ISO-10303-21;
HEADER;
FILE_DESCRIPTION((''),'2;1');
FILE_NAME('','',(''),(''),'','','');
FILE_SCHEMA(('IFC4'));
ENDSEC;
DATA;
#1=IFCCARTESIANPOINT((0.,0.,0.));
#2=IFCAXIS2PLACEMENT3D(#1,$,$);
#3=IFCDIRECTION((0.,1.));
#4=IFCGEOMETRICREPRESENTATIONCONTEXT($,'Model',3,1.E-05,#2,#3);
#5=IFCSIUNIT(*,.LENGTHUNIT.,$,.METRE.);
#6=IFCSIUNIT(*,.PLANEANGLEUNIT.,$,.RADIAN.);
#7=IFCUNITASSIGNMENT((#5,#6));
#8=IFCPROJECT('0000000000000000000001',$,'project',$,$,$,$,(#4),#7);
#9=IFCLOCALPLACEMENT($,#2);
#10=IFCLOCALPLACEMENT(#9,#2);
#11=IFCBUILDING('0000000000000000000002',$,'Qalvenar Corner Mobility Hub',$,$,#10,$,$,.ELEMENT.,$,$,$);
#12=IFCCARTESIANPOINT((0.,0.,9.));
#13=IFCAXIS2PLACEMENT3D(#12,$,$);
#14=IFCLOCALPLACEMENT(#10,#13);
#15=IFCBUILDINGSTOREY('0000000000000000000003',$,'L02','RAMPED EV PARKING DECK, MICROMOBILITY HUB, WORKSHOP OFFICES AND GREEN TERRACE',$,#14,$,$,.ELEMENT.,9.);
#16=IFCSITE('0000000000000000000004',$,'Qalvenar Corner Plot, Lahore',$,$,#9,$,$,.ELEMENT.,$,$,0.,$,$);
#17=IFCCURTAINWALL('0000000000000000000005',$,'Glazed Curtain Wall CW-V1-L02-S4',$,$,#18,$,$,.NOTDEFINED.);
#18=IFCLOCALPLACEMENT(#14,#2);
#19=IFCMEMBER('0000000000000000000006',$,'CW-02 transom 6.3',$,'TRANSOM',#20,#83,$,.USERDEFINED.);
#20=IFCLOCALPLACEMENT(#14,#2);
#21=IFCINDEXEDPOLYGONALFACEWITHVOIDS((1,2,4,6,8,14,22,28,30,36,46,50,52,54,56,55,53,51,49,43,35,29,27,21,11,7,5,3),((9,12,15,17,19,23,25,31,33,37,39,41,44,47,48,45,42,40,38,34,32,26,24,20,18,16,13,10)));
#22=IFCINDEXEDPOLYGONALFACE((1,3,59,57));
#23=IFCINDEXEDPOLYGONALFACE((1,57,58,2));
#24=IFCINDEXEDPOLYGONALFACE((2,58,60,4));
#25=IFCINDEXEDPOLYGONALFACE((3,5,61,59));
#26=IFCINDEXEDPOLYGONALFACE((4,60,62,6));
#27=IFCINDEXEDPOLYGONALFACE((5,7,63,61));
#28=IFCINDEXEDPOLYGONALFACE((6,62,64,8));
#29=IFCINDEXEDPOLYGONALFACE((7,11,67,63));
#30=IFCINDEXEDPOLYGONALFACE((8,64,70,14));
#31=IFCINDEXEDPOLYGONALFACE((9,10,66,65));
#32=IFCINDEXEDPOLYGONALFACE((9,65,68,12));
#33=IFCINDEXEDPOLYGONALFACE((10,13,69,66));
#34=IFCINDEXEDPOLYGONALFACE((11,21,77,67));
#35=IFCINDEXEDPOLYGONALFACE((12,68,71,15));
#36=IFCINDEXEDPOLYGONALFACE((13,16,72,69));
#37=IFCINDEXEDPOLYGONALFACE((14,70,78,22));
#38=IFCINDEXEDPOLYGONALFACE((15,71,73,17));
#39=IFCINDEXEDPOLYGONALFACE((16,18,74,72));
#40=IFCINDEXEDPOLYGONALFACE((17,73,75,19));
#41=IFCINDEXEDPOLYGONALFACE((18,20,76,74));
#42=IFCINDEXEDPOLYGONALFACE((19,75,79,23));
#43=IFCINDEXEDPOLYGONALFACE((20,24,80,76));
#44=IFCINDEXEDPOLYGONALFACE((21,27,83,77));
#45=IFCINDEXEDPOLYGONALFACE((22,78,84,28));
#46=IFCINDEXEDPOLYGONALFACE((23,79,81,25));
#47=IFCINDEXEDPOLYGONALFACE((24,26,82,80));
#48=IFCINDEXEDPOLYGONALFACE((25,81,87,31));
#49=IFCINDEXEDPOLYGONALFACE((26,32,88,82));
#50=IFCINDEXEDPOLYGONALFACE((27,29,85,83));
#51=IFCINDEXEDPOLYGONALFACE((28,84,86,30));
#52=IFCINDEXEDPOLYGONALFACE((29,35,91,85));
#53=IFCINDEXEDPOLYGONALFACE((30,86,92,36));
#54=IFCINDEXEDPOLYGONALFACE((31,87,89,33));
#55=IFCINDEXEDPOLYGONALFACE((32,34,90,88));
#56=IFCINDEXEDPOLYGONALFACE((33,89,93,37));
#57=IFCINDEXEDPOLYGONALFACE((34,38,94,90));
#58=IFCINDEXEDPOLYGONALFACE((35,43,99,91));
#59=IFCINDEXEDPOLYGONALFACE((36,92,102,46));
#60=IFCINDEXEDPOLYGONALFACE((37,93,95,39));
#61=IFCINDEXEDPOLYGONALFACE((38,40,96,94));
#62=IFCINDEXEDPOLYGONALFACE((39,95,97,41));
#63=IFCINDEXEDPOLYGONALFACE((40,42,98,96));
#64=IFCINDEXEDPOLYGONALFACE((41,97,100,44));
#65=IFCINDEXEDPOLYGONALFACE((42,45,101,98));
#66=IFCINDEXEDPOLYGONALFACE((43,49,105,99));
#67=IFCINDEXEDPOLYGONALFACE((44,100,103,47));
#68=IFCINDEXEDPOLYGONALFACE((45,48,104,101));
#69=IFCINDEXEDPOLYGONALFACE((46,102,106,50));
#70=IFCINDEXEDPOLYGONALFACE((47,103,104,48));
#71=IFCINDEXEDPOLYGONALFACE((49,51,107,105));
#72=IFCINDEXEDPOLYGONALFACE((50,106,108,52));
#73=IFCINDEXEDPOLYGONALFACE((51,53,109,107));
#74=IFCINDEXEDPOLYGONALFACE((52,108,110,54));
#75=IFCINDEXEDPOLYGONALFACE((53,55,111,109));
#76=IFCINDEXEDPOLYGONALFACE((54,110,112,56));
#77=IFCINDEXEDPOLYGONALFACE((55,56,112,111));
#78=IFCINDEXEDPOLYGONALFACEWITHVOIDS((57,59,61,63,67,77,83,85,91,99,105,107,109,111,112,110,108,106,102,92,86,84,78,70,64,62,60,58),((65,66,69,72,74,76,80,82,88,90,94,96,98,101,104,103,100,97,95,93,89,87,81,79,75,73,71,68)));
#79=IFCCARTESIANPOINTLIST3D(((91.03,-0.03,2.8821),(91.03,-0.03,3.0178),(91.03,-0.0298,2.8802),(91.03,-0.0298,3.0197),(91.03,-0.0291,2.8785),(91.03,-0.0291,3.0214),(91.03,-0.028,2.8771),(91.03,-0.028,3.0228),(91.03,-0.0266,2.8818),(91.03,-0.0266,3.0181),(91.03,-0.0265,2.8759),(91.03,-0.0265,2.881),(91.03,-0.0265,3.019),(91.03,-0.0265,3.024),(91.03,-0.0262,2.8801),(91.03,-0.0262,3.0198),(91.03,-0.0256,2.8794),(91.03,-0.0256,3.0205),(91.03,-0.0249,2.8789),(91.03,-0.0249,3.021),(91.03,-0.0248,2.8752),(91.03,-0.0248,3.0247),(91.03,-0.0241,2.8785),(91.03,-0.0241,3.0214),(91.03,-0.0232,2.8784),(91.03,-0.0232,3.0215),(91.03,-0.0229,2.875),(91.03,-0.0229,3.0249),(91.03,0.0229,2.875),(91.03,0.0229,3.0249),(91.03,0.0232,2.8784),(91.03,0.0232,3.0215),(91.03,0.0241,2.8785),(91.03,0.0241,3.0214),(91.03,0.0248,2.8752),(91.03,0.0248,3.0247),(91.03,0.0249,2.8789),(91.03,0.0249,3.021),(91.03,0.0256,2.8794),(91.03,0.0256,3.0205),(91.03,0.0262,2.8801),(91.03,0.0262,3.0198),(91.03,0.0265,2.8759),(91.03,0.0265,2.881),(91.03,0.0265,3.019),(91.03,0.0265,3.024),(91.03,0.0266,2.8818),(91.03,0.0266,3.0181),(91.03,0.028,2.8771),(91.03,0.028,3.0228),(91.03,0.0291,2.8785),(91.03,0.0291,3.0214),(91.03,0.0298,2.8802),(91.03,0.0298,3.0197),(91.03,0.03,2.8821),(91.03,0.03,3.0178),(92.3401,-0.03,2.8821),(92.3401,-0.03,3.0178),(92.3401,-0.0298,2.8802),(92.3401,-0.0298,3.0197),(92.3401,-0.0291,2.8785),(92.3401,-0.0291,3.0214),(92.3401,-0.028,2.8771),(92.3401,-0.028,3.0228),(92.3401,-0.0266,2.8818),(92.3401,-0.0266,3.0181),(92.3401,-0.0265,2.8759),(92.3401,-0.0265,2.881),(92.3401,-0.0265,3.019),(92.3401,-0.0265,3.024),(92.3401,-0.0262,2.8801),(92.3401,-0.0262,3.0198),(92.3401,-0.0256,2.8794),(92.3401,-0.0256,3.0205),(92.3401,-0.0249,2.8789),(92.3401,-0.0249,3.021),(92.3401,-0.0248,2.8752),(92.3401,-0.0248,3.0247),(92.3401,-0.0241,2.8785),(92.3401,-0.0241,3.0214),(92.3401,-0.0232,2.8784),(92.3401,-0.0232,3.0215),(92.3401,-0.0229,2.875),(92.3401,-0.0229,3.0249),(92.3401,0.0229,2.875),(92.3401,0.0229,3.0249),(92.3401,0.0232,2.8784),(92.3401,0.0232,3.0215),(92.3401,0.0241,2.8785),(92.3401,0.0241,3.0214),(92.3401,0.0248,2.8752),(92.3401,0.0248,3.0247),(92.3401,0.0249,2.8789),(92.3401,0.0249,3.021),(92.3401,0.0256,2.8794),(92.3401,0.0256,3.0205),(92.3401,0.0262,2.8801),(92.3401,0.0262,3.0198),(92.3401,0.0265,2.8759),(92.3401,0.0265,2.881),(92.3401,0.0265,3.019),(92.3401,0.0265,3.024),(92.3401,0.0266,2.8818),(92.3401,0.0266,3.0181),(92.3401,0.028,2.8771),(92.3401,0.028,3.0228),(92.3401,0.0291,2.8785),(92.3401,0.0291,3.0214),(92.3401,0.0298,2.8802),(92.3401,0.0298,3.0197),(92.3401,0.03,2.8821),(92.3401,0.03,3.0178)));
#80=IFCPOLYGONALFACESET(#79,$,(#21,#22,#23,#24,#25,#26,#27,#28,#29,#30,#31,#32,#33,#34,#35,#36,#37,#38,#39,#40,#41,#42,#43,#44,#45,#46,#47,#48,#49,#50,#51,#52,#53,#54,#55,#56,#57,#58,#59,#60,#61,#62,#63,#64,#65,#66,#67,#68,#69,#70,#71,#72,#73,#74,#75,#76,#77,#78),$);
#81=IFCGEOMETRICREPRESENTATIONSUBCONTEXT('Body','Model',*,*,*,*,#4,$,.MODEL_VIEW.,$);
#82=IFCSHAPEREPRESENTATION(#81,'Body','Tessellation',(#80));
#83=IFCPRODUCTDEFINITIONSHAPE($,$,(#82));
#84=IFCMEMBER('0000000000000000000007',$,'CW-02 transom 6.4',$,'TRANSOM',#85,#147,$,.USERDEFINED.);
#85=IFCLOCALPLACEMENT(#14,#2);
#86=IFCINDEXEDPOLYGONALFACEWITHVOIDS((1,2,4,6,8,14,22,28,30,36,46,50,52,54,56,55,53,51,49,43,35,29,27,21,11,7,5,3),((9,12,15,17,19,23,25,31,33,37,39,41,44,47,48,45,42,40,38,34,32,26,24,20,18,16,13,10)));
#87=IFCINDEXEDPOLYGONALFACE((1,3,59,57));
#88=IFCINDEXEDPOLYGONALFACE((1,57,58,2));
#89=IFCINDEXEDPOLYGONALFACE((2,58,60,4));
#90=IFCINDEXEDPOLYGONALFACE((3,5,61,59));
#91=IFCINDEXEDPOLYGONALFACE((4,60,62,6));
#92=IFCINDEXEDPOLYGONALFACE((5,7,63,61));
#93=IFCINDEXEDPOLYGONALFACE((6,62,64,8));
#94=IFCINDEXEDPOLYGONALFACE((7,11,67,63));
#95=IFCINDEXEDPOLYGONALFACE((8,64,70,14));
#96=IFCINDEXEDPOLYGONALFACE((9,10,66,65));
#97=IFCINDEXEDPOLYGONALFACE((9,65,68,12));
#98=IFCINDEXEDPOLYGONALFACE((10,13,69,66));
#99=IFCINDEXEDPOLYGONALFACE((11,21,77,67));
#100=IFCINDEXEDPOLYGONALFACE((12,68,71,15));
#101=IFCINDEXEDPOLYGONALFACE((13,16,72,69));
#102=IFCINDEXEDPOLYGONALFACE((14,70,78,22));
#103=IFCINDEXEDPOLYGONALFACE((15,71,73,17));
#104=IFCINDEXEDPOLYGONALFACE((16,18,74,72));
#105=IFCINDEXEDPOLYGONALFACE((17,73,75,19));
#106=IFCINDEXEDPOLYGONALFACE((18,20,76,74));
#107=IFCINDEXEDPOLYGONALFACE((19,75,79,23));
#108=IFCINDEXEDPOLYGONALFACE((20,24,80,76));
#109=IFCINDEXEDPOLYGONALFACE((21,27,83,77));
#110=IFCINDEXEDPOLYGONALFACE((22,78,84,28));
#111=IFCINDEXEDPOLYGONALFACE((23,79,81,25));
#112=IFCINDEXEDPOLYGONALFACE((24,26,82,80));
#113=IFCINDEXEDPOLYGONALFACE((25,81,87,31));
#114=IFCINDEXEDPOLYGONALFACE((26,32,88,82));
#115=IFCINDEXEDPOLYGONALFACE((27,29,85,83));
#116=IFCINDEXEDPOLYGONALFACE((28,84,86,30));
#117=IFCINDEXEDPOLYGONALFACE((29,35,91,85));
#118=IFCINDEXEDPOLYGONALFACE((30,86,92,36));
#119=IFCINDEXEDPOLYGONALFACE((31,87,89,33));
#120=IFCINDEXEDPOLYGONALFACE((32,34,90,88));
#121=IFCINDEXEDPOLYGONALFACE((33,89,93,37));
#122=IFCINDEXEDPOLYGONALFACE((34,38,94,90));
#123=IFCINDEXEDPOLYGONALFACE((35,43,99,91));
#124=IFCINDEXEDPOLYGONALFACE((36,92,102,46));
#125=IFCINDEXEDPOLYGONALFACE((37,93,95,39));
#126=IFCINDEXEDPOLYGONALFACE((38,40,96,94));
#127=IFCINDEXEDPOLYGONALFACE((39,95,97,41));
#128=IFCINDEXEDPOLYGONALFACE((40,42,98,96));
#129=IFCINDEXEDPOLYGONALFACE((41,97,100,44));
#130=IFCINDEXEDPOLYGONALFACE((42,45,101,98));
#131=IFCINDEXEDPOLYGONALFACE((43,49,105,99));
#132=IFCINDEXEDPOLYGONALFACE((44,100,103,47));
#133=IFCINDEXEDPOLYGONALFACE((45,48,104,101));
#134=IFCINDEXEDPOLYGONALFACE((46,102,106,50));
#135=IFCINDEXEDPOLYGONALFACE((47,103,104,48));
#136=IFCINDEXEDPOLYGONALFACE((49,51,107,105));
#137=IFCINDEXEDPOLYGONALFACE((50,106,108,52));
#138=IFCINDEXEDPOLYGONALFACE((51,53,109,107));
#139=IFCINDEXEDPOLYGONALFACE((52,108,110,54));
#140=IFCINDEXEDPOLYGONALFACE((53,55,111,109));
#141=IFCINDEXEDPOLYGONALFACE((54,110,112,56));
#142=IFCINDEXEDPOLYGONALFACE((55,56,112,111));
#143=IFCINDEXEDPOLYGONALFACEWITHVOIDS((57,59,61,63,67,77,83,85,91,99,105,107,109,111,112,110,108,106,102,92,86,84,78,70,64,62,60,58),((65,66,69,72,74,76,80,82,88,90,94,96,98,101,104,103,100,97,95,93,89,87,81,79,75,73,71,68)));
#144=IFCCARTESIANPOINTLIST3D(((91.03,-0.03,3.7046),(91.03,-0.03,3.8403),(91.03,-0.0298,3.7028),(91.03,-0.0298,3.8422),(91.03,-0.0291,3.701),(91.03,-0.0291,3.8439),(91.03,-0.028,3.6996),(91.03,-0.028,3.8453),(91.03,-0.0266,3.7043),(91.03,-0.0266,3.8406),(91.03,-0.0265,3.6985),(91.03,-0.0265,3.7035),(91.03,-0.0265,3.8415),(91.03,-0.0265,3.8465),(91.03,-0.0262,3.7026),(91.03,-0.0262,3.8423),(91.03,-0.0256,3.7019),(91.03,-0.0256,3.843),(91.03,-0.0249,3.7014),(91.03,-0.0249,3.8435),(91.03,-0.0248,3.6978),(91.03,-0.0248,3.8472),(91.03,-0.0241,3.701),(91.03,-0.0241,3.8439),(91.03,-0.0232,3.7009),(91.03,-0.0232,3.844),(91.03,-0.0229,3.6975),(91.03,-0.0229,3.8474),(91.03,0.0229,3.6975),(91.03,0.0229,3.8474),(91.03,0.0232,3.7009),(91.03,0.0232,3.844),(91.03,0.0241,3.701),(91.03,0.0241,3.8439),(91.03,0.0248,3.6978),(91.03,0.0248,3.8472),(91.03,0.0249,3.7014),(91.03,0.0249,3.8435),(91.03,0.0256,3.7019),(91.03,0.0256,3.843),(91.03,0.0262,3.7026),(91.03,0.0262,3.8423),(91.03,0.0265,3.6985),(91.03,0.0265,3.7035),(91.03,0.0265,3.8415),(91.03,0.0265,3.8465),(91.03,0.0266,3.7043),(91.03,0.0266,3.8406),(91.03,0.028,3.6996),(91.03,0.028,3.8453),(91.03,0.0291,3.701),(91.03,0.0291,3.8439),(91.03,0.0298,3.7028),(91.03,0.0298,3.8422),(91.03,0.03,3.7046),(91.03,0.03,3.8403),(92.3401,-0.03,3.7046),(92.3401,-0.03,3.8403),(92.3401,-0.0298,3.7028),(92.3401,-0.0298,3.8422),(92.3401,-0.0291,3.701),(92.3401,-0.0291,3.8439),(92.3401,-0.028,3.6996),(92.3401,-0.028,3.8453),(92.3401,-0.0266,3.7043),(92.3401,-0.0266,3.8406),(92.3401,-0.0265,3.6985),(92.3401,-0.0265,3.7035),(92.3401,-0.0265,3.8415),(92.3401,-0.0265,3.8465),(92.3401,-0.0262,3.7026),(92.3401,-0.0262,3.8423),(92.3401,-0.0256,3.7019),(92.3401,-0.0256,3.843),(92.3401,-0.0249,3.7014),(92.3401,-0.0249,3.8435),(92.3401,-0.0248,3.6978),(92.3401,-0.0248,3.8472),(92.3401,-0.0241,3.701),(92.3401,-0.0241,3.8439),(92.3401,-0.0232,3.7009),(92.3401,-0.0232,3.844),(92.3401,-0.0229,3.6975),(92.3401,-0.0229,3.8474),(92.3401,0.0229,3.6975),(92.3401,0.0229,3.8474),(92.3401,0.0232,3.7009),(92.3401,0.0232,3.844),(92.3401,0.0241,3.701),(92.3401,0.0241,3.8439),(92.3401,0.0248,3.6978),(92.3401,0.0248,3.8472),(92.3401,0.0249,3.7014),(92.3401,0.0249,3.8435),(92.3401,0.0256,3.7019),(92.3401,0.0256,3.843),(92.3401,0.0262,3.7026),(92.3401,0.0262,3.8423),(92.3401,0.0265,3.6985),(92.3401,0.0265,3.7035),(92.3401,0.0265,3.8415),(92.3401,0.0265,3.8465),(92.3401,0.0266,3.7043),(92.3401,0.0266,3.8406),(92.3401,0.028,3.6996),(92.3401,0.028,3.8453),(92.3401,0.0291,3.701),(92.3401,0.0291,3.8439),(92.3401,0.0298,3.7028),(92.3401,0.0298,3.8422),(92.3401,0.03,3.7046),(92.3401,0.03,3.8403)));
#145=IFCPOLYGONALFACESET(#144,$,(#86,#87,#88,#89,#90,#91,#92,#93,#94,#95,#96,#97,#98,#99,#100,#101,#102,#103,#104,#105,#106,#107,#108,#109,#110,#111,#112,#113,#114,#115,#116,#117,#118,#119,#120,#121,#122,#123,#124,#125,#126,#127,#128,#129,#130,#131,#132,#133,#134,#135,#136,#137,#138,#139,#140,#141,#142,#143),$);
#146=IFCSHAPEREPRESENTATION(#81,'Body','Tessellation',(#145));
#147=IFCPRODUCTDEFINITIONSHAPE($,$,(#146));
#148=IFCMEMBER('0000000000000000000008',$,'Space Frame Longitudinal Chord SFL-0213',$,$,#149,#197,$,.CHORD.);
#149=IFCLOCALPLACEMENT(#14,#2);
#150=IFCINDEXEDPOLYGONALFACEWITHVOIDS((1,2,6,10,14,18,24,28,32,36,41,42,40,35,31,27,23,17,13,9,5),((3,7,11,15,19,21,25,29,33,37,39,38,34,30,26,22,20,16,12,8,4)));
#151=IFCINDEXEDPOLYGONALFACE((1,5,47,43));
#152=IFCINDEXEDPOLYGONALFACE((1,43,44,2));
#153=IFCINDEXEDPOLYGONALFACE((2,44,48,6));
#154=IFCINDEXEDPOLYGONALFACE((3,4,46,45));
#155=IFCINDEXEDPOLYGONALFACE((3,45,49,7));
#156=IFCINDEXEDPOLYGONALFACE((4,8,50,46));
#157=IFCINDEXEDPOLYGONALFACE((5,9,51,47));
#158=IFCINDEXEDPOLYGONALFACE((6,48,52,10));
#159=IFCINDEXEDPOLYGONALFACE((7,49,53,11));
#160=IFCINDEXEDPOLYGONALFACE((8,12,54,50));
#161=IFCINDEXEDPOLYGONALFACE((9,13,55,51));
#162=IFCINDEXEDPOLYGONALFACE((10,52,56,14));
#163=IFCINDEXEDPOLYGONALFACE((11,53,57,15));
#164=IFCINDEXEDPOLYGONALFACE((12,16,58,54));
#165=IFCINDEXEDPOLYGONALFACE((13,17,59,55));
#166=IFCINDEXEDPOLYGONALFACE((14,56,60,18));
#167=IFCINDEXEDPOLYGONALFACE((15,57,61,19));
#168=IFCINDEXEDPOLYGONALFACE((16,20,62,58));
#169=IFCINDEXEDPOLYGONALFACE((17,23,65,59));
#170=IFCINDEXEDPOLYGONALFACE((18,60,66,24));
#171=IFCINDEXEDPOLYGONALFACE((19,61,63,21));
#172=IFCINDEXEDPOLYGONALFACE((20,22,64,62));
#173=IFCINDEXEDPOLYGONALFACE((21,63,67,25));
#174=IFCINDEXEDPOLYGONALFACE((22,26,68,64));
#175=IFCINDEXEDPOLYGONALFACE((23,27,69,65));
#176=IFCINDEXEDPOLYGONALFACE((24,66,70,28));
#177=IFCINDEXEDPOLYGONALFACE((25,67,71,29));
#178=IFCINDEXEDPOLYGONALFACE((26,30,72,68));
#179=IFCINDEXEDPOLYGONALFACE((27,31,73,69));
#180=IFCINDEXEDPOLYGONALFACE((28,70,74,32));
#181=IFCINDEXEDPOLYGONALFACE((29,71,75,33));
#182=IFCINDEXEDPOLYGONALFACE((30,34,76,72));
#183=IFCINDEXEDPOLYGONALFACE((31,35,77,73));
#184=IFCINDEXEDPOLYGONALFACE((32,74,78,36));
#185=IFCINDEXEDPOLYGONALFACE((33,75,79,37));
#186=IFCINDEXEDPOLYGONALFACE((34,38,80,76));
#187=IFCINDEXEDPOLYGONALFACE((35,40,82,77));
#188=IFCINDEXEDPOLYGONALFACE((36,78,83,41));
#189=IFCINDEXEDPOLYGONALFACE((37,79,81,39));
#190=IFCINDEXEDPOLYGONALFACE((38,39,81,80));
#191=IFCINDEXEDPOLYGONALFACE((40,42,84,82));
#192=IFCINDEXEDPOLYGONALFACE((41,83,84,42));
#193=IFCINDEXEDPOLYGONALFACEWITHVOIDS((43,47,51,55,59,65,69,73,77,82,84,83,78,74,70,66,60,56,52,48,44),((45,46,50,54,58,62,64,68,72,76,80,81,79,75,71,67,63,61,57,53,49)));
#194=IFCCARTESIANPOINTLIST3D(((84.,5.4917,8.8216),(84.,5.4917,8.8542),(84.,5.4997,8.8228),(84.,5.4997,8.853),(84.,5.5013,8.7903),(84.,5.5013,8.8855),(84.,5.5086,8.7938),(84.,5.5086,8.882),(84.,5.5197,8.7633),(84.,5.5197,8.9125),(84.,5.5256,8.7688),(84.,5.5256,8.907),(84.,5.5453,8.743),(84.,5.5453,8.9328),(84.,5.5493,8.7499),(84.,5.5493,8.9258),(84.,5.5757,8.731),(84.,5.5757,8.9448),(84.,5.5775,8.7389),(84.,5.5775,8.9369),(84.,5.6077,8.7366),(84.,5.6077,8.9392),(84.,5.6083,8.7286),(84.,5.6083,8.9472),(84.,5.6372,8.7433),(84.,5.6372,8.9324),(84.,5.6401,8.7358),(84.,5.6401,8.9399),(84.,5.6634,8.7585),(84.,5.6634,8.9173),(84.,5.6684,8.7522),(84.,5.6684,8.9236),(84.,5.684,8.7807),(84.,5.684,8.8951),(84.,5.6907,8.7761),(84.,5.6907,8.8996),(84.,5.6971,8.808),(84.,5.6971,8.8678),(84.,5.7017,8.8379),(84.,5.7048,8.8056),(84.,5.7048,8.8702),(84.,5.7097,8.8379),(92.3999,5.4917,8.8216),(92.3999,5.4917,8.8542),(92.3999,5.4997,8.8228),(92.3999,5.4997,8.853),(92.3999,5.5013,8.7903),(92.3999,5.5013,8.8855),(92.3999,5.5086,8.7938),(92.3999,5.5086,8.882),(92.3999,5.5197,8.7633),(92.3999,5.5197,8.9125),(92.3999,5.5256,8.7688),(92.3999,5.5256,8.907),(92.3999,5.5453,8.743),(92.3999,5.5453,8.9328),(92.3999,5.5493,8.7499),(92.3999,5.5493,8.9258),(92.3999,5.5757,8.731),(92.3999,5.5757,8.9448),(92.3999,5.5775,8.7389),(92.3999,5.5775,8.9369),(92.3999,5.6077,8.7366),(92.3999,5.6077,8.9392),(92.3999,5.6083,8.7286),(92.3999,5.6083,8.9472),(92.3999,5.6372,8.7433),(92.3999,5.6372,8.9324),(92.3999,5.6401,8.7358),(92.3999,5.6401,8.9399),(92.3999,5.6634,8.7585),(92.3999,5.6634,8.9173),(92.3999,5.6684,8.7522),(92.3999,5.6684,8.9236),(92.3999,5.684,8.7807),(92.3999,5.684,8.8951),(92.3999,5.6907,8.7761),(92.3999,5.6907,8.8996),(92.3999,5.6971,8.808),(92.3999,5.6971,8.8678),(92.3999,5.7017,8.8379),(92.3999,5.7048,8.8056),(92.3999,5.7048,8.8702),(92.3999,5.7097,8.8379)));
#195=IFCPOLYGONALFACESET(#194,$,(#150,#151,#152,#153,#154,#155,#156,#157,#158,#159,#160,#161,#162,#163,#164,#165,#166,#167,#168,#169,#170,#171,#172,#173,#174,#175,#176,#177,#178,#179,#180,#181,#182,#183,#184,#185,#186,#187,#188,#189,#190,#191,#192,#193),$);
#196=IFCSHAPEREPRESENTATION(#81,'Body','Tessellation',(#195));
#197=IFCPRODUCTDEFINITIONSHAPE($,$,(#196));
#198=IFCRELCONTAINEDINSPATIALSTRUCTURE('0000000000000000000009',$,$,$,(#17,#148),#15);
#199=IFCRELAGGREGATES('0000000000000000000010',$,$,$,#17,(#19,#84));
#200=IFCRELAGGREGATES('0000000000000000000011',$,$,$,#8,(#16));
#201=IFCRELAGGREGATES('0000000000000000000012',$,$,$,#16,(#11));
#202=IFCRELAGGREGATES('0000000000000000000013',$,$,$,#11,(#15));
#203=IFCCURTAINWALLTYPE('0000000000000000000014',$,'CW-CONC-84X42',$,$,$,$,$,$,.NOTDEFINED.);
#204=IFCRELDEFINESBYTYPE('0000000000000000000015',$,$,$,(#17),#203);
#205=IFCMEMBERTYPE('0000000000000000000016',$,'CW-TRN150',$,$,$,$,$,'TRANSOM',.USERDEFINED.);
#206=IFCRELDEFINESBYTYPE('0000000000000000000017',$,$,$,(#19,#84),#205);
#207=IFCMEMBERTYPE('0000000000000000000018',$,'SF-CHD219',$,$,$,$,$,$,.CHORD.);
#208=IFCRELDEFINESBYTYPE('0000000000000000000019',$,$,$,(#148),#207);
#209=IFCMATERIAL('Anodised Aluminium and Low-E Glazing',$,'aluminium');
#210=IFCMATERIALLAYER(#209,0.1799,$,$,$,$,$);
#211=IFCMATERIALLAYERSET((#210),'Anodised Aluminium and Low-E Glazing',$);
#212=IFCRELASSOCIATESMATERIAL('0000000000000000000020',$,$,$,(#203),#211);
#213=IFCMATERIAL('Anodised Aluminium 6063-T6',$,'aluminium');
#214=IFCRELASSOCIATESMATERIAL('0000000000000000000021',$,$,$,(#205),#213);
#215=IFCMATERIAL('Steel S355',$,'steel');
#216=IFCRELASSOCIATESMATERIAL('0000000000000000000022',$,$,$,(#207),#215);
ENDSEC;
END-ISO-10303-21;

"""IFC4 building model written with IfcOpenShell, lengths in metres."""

from ifc_helpers import new_model, si_unit, direction, frame, origin, origin_2d, place, context, subcontext, project, spatial, hollow_rectangle, hollow_circle, extrude, material, layer, layer_set, material_profile, profile_set, type_object, element, aggregate, save


model = new_model("IFC4")

# Units and contexts
model_context = context("Model", 3, precision=1e-05, world=origin(), true_north=direction((0.0, 1.0)))
body_context = subcontext(model_context, "Body", "Model", "MODEL_VIEW")
ifc_project = project(units=[si_unit("LENGTHUNIT", "METRE"), si_unit("PLANEANGLEUNIT", "RADIAN")], contexts=[model_context])

# Site, building, storey
site_placement = place(None, origin())
site = spatial("IfcSite", under=ifc_project, at=site_placement, Name="Qalvenar Corner Plot, Lahore", CompositionType="ELEMENT", RefElevation=0.0)
building_placement = place(site_placement, origin())
building = spatial("IfcBuilding", under=site, at=building_placement, Name="Qalvenar Corner Mobility Hub", CompositionType="ELEMENT")
storey_placement = place(building_placement, frame((0.0, 0.0, 9.0)))
storey = spatial("IfcBuildingStorey", under=building, at=storey_placement, Name="L02", Description="RAMPED EV PARKING DECK, MICROMOBILITY HUB, WORKSHOP OFFICES AND GREEN TERRACE", CompositionType="ELEMENT", Elevation=9.0)

# Curtain wall, members
ifc_material_1 = material(Name="Anodised Aluminium and Low-E Glazing", Category="aluminium")
ifc_layer_1 = layer(ifc_material_1, 0.1799)
ifc_layer_set_1 = layer_set([ifc_layer_1], Name="Anodised Aluminium and Low-E Glazing")
curtain_wall_type = type_object("IfcCurtainWallType", Name="CW-CONC-84X42", PredefinedType="NOTDEFINED", material=ifc_layer_set_1)
curtain_wall_placement = place(storey_placement, origin())
curtain_wall = element("IfcCurtainWall", 1, at=curtain_wall_placement, inside=storey, type_object=curtain_wall_type, Name="Glazed Curtain Wall CW-V1-L02-S4", PredefinedType="NOTDEFINED")
ifc_material_2 = material(Name="Anodised Aluminium 6063-T6", Category="aluminium")
ifc_material_profile_1 = material_profile(ifc_material_2, hollow_rectangle(XDim=0.0601, YDim=0.1499, WallThickness=0.0034, InnerFilletRadius=0.0034, OuterFilletRadius=0.0071, at=origin_2d()), Name="RHS150x60x3.5")
ifc_profile_set_1 = profile_set([ifc_material_profile_1], Name="Anodised Aluminium 6063-T6")
member_type_1 = type_object("IfcMemberType", Name="CW-TRN150", ElementType="TRANSOM", PredefinedType="USERDEFINED", material=ifc_profile_set_1)
member_1_placement = place(storey_placement, frame((91.03, 0.0, 2.95), z_axis=(1.0, 0.0, 0.0), x_axis=(0.0, 1.0, 0.0)))
member_1 = element("IfcMember", 2, at=member_1_placement, type_object=member_type_1, Name="CW-02 transom 6.3", ObjectType="TRANSOM", PredefinedType="USERDEFINED", context=body_context, shape_type="SweptSolid", body=[
    extrude(hollow_rectangle(XDim=0.0601, YDim=0.1499, WallThickness=0.0034, InnerFilletRadius=0.0034, OuterFilletRadius=0.0071, at=origin_2d()), origin(), (0.0, 0.0, 1.0), 1.3101),
])
member_2_placement = place(storey_placement, frame((91.03, 0.0, 3.7725), z_axis=(1.0, 0.0, 0.0), x_axis=(0.0, 1.0, 0.0)))
member_2 = element("IfcMember", 3, at=member_2_placement, type_object=member_type_1, Name="CW-02 transom 6.4", ObjectType="TRANSOM", PredefinedType="USERDEFINED", context=body_context, shape_type="SweptSolid", body=[
    extrude(hollow_rectangle(XDim=0.0601, YDim=0.1499, WallThickness=0.0034, InnerFilletRadius=0.0034, OuterFilletRadius=0.0071, at=origin_2d()), origin(), (0.0, 0.0, 1.0), 1.3101),
])

# Member
ifc_material_3 = material(Name="Steel S355", Category="steel")
ifc_material_profile_2 = material_profile(ifc_material_3, hollow_circle(Radius=0.1096, WallThickness=0.0081, at=origin_2d()), Name="CHS219.1x8")
ifc_profile_set_2 = profile_set([ifc_material_profile_2], Name="Steel S355")
member_type_2 = type_object("IfcMemberType", Name="SF-CHD219", PredefinedType="CHORD", material=ifc_profile_set_2)
for number, where, z_axis, x_axis, name in (
    (4, (84.0, 5.6001, 8.8379), (1.0, 0.0, 0.0), (0.0, 1.0, 0.0), "Space Frame Longitudinal Chord SFL-0213"),
):
    element("IfcMember", number, at=place(storey_placement, frame(where, z_axis=z_axis, x_axis=x_axis)), inside=storey, type_object=member_type_2, Name=name, PredefinedType="CHORD", context=body_context, shape_type="SweptSolid", body=[
        extrude(hollow_circle(Radius=0.1096, WallThickness=0.0081, at=origin_2d()), origin(), (0.0, 0.0, 1.0), 8.3999),
    ])

aggregate(curtain_wall, [member_1, member_2])

save(model, "model.ifc")
